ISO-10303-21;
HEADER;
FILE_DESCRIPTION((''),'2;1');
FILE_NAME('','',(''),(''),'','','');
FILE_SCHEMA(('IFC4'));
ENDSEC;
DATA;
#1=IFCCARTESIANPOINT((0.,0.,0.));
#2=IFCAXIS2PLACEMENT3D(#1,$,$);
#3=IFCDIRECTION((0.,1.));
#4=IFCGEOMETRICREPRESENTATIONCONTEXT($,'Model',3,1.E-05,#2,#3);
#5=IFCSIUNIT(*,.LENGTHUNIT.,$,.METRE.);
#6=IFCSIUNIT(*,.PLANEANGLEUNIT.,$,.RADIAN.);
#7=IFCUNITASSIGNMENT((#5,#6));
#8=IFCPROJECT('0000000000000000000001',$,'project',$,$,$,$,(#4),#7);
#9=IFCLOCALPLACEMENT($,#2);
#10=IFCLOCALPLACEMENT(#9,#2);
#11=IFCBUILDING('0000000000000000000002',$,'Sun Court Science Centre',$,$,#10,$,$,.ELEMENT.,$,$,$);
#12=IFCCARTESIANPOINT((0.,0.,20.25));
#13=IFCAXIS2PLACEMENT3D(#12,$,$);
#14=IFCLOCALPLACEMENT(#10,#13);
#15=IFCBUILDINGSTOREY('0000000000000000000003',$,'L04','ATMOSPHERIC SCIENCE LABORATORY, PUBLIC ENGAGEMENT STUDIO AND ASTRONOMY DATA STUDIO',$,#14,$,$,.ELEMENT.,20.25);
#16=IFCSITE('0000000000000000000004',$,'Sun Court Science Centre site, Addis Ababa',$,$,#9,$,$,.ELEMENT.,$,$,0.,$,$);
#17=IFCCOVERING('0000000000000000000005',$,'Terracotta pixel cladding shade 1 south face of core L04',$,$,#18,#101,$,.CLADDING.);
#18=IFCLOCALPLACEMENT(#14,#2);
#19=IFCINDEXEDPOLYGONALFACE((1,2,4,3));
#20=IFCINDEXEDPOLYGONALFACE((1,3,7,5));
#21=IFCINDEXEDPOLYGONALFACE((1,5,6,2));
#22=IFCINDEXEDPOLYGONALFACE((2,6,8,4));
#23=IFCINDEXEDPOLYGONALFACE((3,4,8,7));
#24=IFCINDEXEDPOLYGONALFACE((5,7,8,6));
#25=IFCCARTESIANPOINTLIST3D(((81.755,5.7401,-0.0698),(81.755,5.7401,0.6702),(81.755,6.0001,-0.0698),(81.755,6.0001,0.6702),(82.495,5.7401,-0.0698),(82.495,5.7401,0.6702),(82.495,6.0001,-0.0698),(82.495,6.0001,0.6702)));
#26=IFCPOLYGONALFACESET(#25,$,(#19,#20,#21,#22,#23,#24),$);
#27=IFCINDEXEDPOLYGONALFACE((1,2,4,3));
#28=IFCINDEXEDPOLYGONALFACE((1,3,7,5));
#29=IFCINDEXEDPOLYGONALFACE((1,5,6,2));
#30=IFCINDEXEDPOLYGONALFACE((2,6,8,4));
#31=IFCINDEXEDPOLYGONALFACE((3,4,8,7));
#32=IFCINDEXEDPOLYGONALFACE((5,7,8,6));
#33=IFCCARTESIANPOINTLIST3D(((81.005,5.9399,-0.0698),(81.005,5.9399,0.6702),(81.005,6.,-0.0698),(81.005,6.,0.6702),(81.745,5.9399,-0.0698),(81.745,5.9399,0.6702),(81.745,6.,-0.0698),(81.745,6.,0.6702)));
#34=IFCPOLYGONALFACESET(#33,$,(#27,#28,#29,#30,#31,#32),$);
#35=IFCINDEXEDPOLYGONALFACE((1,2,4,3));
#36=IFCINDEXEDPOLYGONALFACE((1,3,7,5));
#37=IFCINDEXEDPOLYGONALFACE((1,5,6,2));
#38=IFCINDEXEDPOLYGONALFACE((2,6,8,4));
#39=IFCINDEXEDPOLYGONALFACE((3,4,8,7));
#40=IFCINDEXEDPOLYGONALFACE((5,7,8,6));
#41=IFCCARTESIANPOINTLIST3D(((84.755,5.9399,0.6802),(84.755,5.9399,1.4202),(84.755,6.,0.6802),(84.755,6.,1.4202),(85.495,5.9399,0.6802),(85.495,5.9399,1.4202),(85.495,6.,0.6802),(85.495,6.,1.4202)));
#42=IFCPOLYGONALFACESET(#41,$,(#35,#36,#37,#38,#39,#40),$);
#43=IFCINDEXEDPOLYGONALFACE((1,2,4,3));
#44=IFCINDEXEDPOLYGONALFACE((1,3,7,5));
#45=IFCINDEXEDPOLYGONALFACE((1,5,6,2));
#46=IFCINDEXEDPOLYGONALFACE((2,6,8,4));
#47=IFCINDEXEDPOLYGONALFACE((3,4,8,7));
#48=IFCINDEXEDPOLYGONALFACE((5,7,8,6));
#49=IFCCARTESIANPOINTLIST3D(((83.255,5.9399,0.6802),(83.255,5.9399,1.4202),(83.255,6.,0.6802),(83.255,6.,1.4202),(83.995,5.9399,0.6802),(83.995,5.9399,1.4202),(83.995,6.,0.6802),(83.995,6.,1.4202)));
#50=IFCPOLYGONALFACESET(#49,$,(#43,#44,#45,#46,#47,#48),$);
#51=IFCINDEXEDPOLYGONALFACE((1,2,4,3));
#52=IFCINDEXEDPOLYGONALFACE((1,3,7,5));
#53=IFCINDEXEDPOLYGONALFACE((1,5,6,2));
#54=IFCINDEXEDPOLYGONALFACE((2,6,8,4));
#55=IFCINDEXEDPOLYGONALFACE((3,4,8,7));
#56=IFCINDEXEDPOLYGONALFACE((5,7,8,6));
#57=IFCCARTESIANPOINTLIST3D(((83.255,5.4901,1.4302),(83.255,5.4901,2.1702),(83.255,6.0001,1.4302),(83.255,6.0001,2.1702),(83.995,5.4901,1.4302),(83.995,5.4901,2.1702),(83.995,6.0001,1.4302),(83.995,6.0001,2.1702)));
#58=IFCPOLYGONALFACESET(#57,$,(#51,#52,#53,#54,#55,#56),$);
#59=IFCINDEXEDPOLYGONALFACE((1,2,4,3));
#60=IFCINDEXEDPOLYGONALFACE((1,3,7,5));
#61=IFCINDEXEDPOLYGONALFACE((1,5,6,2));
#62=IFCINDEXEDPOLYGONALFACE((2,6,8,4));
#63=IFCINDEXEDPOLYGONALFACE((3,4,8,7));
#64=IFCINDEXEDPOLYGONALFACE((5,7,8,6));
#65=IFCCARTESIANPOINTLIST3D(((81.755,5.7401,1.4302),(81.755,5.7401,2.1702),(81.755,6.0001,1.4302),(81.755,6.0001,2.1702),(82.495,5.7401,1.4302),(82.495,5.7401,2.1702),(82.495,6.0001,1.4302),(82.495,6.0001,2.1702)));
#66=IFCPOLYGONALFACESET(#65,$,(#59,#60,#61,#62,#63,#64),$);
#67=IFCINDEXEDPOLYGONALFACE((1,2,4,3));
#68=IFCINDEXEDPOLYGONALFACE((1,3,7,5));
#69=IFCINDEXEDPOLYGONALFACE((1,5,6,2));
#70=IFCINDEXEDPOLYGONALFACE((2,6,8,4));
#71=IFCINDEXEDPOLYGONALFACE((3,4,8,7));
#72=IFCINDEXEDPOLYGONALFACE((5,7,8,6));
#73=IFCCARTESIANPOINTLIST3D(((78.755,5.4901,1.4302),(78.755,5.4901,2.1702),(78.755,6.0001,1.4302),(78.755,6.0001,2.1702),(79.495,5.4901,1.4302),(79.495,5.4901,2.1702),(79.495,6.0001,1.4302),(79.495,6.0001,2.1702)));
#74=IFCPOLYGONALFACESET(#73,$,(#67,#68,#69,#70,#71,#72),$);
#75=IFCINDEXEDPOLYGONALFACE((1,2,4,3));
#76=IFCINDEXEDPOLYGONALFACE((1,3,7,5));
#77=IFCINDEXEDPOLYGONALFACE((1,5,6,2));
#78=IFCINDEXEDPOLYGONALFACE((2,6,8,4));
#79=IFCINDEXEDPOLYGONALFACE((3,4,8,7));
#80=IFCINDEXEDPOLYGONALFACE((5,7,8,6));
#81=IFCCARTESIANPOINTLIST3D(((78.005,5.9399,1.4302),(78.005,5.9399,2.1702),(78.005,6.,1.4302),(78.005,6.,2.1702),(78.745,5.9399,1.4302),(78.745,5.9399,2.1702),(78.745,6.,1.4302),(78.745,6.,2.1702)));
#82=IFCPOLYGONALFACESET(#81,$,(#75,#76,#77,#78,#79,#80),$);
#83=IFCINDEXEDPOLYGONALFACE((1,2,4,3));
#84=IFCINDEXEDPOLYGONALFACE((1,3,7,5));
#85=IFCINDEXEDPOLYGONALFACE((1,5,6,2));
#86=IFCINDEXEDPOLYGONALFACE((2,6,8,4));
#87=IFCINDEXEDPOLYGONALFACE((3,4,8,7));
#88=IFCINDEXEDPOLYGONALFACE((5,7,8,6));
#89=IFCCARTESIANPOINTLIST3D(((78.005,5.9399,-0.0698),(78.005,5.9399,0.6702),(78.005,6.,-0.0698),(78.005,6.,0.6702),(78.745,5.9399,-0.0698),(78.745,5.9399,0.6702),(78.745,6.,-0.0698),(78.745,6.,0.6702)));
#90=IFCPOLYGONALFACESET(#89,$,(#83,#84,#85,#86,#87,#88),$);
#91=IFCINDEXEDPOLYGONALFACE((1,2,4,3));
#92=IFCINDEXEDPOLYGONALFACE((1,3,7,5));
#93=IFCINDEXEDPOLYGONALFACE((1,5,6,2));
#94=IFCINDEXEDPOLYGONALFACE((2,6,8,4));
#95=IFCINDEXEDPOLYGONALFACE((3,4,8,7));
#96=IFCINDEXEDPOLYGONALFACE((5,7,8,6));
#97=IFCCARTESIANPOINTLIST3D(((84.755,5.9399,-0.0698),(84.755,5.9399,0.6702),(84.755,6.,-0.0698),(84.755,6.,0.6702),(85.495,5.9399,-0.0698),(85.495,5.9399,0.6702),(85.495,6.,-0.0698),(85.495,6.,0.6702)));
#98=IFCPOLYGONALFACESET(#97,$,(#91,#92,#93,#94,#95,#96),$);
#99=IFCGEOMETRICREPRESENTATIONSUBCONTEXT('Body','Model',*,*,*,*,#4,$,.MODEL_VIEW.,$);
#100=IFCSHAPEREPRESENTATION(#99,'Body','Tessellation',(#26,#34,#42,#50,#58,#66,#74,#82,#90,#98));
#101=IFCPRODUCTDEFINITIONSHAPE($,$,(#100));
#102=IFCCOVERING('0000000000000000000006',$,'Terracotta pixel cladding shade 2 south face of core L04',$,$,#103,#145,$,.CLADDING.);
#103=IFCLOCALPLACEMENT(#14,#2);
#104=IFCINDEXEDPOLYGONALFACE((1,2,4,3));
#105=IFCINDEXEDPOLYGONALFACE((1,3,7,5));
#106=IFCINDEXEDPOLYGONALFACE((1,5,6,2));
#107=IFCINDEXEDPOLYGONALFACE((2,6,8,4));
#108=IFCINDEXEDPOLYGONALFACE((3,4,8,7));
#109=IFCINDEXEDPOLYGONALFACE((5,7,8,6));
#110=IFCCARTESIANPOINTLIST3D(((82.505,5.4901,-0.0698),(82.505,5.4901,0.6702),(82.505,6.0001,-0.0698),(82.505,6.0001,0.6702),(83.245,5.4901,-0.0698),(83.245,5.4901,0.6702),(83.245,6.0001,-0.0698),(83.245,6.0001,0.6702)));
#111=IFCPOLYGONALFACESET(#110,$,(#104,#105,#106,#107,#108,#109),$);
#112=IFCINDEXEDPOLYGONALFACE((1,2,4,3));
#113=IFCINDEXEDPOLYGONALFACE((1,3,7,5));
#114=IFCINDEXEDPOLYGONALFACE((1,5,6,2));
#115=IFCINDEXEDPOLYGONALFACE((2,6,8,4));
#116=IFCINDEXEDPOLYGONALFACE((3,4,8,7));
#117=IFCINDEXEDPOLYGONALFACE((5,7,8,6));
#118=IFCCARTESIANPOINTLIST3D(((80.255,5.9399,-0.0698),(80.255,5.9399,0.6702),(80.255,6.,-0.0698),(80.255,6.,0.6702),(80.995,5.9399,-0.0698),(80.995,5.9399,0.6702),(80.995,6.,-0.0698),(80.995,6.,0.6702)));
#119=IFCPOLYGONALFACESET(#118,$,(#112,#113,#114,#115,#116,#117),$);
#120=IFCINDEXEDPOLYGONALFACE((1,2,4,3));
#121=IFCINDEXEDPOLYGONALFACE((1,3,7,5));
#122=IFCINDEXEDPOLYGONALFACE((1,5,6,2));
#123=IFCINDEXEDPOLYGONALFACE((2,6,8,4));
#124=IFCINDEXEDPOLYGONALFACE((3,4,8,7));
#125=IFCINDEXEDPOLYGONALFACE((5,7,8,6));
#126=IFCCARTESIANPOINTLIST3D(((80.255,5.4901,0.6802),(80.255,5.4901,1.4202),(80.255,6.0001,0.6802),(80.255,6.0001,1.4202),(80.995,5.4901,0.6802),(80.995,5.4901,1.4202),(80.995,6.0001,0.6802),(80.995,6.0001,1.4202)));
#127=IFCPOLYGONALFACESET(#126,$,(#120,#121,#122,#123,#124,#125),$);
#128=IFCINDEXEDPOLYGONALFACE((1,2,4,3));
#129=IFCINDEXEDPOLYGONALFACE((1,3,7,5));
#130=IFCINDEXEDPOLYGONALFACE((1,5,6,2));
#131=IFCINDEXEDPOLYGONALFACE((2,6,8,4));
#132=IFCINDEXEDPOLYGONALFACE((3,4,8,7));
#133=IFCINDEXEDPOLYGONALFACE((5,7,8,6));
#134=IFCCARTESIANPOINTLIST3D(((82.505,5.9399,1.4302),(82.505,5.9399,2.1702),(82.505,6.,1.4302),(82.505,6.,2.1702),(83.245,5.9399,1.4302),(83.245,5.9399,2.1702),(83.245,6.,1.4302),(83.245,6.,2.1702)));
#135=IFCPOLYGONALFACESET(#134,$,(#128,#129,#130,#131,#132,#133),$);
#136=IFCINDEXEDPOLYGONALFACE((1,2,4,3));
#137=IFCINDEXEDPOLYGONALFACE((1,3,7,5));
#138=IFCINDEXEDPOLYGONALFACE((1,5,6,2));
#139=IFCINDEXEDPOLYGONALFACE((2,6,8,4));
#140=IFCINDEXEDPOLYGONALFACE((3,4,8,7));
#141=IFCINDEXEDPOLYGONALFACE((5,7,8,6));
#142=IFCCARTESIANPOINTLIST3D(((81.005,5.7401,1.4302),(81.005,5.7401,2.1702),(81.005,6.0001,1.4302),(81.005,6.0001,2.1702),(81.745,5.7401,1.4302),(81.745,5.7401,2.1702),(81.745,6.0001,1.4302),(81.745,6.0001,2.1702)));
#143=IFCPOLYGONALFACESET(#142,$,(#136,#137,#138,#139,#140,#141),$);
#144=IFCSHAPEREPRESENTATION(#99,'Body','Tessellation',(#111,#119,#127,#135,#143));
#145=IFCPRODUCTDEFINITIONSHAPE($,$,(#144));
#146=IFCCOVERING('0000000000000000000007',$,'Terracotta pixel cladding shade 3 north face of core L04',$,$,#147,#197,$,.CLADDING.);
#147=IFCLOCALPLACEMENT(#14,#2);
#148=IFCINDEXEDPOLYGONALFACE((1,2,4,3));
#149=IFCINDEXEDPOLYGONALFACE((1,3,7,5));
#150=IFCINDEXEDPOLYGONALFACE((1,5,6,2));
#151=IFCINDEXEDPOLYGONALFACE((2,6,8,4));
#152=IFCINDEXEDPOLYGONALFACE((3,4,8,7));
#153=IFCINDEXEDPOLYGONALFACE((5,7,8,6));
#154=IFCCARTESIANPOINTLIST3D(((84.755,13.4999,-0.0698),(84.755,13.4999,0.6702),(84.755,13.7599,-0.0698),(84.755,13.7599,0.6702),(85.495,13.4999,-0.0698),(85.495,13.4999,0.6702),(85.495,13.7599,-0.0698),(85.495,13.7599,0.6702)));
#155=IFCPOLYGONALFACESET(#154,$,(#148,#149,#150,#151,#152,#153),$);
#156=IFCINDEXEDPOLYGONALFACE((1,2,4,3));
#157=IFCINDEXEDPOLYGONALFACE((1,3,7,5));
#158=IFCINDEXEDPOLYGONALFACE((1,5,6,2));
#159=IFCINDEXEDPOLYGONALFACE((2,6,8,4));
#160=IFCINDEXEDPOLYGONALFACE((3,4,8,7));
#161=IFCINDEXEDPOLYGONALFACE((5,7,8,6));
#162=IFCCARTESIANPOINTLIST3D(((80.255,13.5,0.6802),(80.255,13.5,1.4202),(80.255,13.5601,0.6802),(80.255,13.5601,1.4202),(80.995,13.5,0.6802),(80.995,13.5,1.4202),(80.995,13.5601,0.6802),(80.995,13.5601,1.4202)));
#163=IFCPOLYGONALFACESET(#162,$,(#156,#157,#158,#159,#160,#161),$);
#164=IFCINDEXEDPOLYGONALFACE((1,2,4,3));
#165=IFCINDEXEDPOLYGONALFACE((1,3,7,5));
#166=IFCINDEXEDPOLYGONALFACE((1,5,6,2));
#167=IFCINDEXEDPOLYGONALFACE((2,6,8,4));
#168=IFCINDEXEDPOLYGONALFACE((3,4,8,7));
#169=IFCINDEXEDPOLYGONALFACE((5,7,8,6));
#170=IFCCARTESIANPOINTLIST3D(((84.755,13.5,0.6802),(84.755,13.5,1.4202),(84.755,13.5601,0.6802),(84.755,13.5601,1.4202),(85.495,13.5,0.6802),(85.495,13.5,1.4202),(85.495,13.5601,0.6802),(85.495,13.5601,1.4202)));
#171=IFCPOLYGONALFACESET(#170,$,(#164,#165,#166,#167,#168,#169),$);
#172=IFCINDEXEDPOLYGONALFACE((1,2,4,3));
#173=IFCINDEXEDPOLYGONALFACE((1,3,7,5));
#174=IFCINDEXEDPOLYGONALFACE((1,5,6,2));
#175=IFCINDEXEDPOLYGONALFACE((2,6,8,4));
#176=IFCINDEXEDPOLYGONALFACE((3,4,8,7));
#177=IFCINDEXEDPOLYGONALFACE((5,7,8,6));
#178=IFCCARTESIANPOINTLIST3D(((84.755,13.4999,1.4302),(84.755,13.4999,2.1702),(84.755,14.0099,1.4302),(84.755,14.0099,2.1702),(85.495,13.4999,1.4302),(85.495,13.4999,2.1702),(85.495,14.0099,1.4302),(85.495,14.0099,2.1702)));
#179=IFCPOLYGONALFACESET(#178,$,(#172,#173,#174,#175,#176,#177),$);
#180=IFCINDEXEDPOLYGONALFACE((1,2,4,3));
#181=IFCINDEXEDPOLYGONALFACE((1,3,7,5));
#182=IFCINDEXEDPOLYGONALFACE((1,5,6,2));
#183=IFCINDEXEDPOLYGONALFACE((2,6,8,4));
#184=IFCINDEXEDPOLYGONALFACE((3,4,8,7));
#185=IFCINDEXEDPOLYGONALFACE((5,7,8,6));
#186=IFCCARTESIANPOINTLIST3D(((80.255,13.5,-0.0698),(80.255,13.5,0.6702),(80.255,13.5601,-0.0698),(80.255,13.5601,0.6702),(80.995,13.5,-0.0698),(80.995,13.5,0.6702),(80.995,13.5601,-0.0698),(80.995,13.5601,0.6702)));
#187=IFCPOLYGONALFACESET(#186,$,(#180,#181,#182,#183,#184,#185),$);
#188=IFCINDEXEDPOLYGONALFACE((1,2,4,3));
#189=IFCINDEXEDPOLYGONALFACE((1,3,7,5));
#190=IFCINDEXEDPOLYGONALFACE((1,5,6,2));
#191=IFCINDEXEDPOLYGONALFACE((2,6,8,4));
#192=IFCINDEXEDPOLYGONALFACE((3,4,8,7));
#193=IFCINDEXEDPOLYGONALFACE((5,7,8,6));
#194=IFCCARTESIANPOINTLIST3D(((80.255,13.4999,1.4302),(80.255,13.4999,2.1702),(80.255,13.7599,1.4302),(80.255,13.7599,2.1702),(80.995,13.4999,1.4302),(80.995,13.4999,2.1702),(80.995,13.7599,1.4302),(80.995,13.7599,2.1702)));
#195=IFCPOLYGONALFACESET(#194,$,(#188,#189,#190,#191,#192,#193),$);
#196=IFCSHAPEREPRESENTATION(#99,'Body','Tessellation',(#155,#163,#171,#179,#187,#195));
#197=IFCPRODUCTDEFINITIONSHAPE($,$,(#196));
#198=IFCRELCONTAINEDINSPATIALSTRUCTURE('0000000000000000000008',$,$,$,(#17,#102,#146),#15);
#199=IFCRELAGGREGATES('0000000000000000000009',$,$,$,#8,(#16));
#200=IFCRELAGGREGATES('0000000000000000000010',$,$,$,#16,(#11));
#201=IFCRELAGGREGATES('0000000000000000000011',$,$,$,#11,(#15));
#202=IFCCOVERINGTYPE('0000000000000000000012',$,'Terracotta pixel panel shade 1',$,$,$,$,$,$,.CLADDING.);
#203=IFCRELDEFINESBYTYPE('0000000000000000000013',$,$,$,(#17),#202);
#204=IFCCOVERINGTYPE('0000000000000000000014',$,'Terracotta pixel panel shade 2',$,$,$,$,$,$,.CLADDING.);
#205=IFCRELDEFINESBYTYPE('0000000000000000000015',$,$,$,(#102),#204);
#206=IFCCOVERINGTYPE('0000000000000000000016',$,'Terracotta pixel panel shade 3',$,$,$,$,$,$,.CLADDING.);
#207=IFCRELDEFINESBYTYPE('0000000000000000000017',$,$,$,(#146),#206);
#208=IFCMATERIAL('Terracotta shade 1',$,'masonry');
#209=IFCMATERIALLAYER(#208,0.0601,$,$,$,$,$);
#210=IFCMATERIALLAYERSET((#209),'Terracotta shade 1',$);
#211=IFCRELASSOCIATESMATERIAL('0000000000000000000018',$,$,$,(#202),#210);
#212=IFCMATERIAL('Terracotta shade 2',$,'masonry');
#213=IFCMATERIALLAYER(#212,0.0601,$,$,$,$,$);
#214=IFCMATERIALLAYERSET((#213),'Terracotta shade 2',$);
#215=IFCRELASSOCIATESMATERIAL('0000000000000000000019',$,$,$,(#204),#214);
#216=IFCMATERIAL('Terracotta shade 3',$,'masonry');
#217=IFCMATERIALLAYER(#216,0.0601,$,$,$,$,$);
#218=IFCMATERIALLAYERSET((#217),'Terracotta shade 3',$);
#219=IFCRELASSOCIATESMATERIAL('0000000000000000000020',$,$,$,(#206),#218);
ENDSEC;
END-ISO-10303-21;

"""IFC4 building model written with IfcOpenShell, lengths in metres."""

from ifc_helpers import new_model, si_unit, direction, frame, origin, origin_2d, place, context, subcontext, project, spatial, rectangle, extrude, material, layer, layer_set, type_object, element, save


model = new_model("IFC4")

# Units and contexts
model_context = context("Model", 3, precision=1e-05, world=origin(), true_north=direction((0.0, 1.0)))
body_context = subcontext(model_context, "Body", "Model", "MODEL_VIEW")
ifc_project = project(units=[si_unit("LENGTHUNIT", "METRE"), si_unit("PLANEANGLEUNIT", "RADIAN")], contexts=[model_context])

# Site, building, storey
site_placement = place(None, origin())
site = spatial("IfcSite", under=ifc_project, at=site_placement, Name="Sun Court Science Centre site, Addis Ababa", CompositionType="ELEMENT", RefElevation=0.0)
building_placement = place(site_placement, origin())
building = spatial("IfcBuilding", under=site, at=building_placement, Name="Sun Court Science Centre", CompositionType="ELEMENT")
storey_placement = place(building_placement, frame((0.0, 0.0, 20.25)))
storey = spatial("IfcBuildingStorey", under=building, at=storey_placement, Name="L04", Description="ATMOSPHERIC SCIENCE LABORATORY, PUBLIC ENGAGEMENT STUDIO AND ASTRONOMY DATA STUDIO", CompositionType="ELEMENT", Elevation=20.25)

# Coverings
ifc_material_1 = material(Name="Terracotta shade 1", Category="masonry")
ifc_layer_1 = layer(ifc_material_1, 0.0601)
ifc_layer_set_1 = layer_set([ifc_layer_1], Name="Terracotta shade 1")
covering_type_1 = type_object("IfcCoveringType", Name="Terracotta pixel panel shade 1", PredefinedType="CLADDING", material=ifc_layer_set_1)
covering_1_placement = place(storey_placement, frame((0.0, 0.0, -20.25)))
element("IfcCovering", 1, at=covering_1_placement, inside=storey, type_object=covering_type_1, Name="Terracotta pixel cladding shade 1 south face of core L04", PredefinedType="CLADDING", context=body_context, shape_type="SweptSolid", body=[
    extrude(rectangle(XDim=0.74, YDim=0.26, at=origin_2d()), frame((82.125, 5.8701, 20.1802), z_axis=(0.0, 0.0, 1.0), x_axis=(-1.0, 0.0, 0.0)), (0.0, 0.0, 1.0), 0.74),
    extrude(rectangle(XDim=0.74, YDim=0.0601, at=origin_2d()), frame((81.375, 5.97, 20.1802), z_axis=(0.0, 0.0, 1.0), x_axis=(-1.0, 0.0, 0.0)), (0.0, 0.0, 1.0), 0.74),
    extrude(rectangle(XDim=0.74, YDim=0.0601, at=origin_2d()), frame((85.125, 5.97, 20.9302), z_axis=(0.0, 0.0, 1.0), x_axis=(-1.0, 0.0, 0.0)), (0.0, 0.0, 1.0), 0.74),
    extrude(rectangle(XDim=0.74, YDim=0.0601, at=origin_2d()), frame((83.625, 5.97, 20.9302), z_axis=(0.0, 0.0, 1.0), x_axis=(-1.0, 0.0, 0.0)), (0.0, 0.0, 1.0), 0.74),
    extrude(rectangle(XDim=0.74, YDim=0.51, at=origin_2d()), frame((83.625, 5.7451, 21.6802), z_axis=(0.0, 0.0, 1.0), x_axis=(-1.0, 0.0, 0.0)), (0.0, 0.0, 1.0), 0.74),
    extrude(rectangle(XDim=0.74, YDim=0.26, at=origin_2d()), frame((82.125, 5.8701, 21.6802), z_axis=(0.0, 0.0, 1.0), x_axis=(-1.0, 0.0, 0.0)), (0.0, 0.0, 1.0), 0.74),
    extrude(rectangle(XDim=0.74, YDim=0.51, at=origin_2d()), frame((79.125, 5.7451, 21.6802), z_axis=(0.0, 0.0, 1.0), x_axis=(-1.0, 0.0, 0.0)), (0.0, 0.0, 1.0), 0.74),
    extrude(rectangle(XDim=0.74, YDim=0.0601, at=origin_2d()), frame((78.375, 5.97, 21.6802), z_axis=(0.0, 0.0, 1.0), x_axis=(-1.0, 0.0, 0.0)), (0.0, 0.0, 1.0), 0.74),
    extrude(rectangle(XDim=0.74, YDim=0.0601, at=origin_2d()), frame((78.375, 5.97, 20.1802), z_axis=(0.0, 0.0, 1.0), x_axis=(-1.0, 0.0, 0.0)), (0.0, 0.0, 1.0), 0.74),
    extrude(rectangle(XDim=0.74, YDim=0.0601, at=origin_2d()), frame((85.125, 5.97, 20.1802), z_axis=(0.0, 0.0, 1.0), x_axis=(-1.0, 0.0, 0.0)), (0.0, 0.0, 1.0), 0.74),
])
ifc_material_2 = material(Name="Terracotta shade 2", Category="masonry")
ifc_layer_2 = layer(ifc_material_2, 0.0601)
ifc_layer_set_2 = layer_set([ifc_layer_2], Name="Terracotta shade 2")
covering_type_2 = type_object("IfcCoveringType", Name="Terracotta pixel panel shade 2", PredefinedType="CLADDING", material=ifc_layer_set_2)
covering_2_placement = place(storey_placement, frame((0.0, 0.0, -20.25)))
element("IfcCovering", 2, at=covering_2_placement, inside=storey, type_object=covering_type_2, Name="Terracotta pixel cladding shade 2 south face of core L04", PredefinedType="CLADDING", context=body_context, shape_type="SweptSolid", body=[
    extrude(rectangle(XDim=0.74, YDim=0.51, at=origin_2d()), frame((82.875, 5.7451, 20.1802), z_axis=(0.0, 0.0, 1.0), x_axis=(-1.0, 0.0, 0.0)), (0.0, 0.0, 1.0), 0.74),
    extrude(rectangle(XDim=0.74, YDim=0.0601, at=origin_2d()), frame((80.625, 5.97, 20.1802), z_axis=(0.0, 0.0, 1.0), x_axis=(-1.0, 0.0, 0.0)), (0.0, 0.0, 1.0), 0.74),
    extrude(rectangle(XDim=0.74, YDim=0.51, at=origin_2d()), frame((80.625, 5.7451, 20.9302), z_axis=(0.0, 0.0, 1.0), x_axis=(-1.0, 0.0, 0.0)), (0.0, 0.0, 1.0), 0.74),
    extrude(rectangle(XDim=0.74, YDim=0.0601, at=origin_2d()), frame((82.875, 5.97, 21.6802), z_axis=(0.0, 0.0, 1.0), x_axis=(-1.0, 0.0, 0.0)), (0.0, 0.0, 1.0), 0.74),
    extrude(rectangle(XDim=0.74, YDim=0.26, at=origin_2d()), frame((81.375, 5.8701, 21.6802), z_axis=(0.0, 0.0, 1.0), x_axis=(-1.0, 0.0, 0.0)), (0.0, 0.0, 1.0), 0.74),
])
ifc_material_3 = material(Name="Terracotta shade 3", Category="masonry")
ifc_layer_3 = layer(ifc_material_3, 0.0601)
ifc_layer_set_3 = layer_set([ifc_layer_3], Name="Terracotta shade 3")
covering_type_3 = type_object("IfcCoveringType", Name="Terracotta pixel panel shade 3", PredefinedType="CLADDING", material=ifc_layer_set_3)
covering_3_placement = place(storey_placement, frame((0.0, 0.0, -20.25)))
element("IfcCovering", 3, at=covering_3_placement, inside=storey, type_object=covering_type_3, Name="Terracotta pixel cladding shade 3 north face of core L04", PredefinedType="CLADDING", context=body_context, shape_type="SweptSolid", body=[
    extrude(rectangle(XDim=0.74, YDim=0.26, at=origin_2d()), frame((85.125, 13.6299, 20.1802), z_axis=(0.0, 0.0, 1.0), x_axis=(1.0, 0.0, 0.0)), (0.0, 0.0, 1.0), 0.74),
    extrude(rectangle(XDim=0.74, YDim=0.0601, at=origin_2d()), frame((80.625, 13.53, 20.9302), z_axis=(0.0, 0.0, 1.0), x_axis=(1.0, 0.0, 0.0)), (0.0, 0.0, 1.0), 0.74),
    extrude(rectangle(XDim=0.74, YDim=0.0601, at=origin_2d()), frame((85.125, 13.53, 20.9302), z_axis=(0.0, 0.0, 1.0), x_axis=(1.0, 0.0, 0.0)), (0.0, 0.0, 1.0), 0.74),
    extrude(rectangle(XDim=0.74, YDim=0.51, at=origin_2d()), frame((85.125, 13.7549, 21.6802), z_axis=(0.0, 0.0, 1.0), x_axis=(1.0, 0.0, 0.0)), (0.0, 0.0, 1.0), 0.74),
    extrude(rectangle(XDim=0.74, YDim=0.0601, at=origin_2d()), frame((80.625, 13.53, 20.1802), z_axis=(0.0, 0.0, 1.0), x_axis=(1.0, 0.0, 0.0)), (0.0, 0.0, 1.0), 0.74),
    extrude(rectangle(XDim=0.74, YDim=0.26, at=origin_2d()), frame((80.625, 13.6299, 21.6802), z_axis=(0.0, 0.0, 1.0), x_axis=(1.0, 0.0, 0.0)), (0.0, 0.0, 1.0), 0.74),
])

save(model, "model.ifc")
